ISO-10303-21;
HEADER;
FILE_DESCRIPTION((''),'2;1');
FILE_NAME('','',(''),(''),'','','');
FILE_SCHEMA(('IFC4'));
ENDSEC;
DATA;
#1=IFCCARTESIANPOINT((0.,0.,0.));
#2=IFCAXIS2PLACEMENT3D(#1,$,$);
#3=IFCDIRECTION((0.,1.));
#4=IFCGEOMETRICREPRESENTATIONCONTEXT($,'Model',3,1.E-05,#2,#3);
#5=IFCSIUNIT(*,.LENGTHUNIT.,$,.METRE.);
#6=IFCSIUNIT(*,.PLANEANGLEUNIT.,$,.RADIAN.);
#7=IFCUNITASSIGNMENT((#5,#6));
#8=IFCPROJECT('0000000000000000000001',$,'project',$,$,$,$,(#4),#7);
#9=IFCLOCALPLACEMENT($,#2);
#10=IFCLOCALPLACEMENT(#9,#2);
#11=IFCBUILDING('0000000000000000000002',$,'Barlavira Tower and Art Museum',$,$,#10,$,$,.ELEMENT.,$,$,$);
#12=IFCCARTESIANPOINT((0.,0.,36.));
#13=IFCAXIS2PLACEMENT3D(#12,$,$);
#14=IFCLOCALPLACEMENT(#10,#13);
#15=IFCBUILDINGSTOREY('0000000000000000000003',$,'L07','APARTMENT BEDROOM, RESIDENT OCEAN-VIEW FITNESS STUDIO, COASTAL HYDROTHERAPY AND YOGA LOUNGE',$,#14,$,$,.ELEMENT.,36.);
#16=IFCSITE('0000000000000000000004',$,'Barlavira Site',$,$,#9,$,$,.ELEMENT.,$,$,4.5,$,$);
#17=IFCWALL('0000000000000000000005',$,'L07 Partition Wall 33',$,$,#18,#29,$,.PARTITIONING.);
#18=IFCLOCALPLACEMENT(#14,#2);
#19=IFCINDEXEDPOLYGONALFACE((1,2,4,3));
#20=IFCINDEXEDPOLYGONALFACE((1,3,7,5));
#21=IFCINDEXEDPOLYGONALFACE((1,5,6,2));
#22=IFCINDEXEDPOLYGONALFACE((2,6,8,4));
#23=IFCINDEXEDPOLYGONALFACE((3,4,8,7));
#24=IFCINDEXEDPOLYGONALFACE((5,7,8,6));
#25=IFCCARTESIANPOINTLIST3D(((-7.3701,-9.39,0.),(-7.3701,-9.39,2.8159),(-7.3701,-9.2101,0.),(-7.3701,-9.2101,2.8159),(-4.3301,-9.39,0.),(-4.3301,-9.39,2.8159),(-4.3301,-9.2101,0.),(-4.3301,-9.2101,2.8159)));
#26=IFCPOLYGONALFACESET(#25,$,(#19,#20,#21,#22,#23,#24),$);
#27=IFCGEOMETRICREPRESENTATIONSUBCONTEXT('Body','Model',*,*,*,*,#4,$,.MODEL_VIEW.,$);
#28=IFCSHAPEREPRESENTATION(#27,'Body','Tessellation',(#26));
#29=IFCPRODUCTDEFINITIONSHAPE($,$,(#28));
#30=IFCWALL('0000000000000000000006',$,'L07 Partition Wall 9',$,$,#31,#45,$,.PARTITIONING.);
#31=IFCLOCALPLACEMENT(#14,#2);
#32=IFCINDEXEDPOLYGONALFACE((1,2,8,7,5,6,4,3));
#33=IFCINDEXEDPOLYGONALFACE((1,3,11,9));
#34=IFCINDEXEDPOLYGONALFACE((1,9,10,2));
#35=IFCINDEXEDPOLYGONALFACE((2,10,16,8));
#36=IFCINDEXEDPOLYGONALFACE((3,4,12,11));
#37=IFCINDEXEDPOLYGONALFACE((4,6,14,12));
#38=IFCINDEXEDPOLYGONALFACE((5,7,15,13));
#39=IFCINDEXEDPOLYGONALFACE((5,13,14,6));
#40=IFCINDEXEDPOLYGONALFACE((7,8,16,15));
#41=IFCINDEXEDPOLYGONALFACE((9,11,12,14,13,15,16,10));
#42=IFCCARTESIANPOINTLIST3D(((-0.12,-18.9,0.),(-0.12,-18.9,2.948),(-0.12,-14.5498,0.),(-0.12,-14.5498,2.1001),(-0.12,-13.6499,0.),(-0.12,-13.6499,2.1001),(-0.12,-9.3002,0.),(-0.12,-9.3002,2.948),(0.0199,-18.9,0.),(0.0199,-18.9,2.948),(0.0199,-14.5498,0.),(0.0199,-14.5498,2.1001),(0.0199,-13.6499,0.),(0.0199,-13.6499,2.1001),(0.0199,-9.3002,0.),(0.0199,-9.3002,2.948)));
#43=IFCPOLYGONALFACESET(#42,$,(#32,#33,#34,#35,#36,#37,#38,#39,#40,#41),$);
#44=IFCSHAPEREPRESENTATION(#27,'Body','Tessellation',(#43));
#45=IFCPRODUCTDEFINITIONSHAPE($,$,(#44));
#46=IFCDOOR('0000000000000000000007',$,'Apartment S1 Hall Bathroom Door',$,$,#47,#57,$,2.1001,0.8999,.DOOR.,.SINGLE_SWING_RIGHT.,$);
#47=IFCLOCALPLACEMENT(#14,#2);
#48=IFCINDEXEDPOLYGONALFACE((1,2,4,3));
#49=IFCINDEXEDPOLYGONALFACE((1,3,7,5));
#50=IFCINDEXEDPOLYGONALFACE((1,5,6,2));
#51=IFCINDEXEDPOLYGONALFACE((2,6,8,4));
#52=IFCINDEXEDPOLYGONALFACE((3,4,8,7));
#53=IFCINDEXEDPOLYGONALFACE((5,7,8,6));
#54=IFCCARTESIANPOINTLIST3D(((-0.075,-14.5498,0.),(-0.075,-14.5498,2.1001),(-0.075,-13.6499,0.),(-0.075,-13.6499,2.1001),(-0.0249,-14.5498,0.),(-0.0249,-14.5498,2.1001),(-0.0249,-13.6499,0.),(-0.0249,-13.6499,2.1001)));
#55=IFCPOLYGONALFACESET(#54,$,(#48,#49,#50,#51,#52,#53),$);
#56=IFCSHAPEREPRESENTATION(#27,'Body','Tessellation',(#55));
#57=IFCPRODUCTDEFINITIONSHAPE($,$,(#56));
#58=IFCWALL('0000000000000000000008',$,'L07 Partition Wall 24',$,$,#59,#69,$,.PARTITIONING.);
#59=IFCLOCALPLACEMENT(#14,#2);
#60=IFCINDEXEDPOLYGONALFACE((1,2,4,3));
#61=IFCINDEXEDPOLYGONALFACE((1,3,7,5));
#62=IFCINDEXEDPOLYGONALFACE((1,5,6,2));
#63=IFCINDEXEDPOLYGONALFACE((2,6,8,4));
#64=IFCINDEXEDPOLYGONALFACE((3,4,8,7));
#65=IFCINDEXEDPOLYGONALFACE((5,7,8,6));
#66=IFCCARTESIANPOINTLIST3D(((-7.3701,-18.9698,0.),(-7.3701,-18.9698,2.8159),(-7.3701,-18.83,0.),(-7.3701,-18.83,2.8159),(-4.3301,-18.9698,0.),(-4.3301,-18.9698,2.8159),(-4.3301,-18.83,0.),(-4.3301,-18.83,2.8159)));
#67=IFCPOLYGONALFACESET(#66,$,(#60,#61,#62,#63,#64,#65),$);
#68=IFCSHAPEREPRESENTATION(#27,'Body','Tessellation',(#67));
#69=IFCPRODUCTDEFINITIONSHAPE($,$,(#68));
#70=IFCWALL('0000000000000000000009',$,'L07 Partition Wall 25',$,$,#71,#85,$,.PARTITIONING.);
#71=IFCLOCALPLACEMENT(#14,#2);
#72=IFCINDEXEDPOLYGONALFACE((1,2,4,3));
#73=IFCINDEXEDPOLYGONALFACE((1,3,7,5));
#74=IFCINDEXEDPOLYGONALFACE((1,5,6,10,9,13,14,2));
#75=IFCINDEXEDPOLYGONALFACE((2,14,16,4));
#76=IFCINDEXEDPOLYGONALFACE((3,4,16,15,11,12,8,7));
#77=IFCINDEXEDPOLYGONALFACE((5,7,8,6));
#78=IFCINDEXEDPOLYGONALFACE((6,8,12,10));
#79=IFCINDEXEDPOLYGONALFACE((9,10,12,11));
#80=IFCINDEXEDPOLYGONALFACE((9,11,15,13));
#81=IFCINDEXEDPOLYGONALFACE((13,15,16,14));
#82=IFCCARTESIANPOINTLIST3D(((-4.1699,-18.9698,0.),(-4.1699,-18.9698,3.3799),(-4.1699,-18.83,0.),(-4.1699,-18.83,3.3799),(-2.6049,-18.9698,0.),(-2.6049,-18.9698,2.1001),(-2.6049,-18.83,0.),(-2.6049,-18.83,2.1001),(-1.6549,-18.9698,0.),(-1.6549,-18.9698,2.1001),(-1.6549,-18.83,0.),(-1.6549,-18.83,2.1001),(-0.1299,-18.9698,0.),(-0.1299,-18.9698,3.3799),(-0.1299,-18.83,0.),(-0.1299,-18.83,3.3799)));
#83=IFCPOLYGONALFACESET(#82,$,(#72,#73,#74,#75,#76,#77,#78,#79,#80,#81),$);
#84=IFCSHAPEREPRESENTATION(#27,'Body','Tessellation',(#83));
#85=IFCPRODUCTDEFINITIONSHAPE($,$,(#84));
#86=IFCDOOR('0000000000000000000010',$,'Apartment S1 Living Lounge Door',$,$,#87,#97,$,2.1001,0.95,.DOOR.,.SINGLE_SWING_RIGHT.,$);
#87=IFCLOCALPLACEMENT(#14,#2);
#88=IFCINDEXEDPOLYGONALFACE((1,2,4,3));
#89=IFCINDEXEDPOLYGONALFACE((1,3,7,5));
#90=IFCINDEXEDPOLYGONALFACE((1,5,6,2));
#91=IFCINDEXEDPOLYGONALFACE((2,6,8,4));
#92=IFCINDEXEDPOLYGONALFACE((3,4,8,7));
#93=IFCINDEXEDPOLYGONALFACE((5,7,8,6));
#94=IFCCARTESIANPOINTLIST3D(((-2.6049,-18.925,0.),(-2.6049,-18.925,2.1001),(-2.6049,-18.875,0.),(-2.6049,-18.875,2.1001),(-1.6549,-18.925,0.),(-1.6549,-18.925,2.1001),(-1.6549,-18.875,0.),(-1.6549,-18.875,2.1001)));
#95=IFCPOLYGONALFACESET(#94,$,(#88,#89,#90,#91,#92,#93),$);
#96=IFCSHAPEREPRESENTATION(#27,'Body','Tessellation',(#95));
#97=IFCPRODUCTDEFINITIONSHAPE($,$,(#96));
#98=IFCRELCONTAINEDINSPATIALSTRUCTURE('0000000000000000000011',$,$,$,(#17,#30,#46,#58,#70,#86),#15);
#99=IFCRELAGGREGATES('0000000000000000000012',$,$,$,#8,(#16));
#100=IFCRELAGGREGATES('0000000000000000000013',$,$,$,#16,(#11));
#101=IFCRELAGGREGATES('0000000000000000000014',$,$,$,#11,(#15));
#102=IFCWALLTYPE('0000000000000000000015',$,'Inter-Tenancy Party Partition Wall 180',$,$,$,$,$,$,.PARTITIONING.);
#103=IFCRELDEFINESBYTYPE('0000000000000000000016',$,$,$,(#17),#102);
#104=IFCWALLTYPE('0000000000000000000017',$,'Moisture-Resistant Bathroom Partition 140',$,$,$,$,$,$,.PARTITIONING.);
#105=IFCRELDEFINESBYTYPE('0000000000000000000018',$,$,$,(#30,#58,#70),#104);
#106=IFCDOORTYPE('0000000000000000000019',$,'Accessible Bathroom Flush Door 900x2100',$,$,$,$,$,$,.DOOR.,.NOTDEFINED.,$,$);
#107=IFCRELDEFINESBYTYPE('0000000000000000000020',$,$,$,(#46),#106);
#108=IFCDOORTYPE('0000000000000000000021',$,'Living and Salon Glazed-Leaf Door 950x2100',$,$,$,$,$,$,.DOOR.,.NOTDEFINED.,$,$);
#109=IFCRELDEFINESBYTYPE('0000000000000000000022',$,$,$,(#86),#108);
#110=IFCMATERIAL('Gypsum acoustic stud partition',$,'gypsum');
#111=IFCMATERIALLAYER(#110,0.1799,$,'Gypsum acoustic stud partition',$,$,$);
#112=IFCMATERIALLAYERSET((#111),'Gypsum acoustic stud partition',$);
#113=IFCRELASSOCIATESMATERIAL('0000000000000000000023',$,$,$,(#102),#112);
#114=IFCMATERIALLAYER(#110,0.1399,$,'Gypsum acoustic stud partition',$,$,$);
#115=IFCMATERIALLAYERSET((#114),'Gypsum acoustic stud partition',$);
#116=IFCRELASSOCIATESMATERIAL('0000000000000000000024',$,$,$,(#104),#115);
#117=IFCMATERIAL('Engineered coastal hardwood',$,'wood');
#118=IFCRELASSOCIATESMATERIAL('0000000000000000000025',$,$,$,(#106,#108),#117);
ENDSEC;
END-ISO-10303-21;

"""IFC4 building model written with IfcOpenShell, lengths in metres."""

from ifc_helpers import new_model, si_unit, direction, frame, frame_2d, origin, place, context, subcontext, project, spatial, rectangle, extrude, material, layer, layer_set, type_object, element, fill, save


model = new_model("IFC4")

# Units and contexts
model_context = context("Model", 3, precision=1e-05, world=origin(), true_north=direction((0.0, 1.0)))
body_context = subcontext(model_context, "Body", "Model", "MODEL_VIEW")
ifc_project = project(units=[si_unit("LENGTHUNIT", "METRE"), si_unit("PLANEANGLEUNIT", "RADIAN")], contexts=[model_context])

# Site, building, storey
site_placement = place(None, origin())
site = spatial("IfcSite", under=ifc_project, at=site_placement, Name="Barlavira Site", CompositionType="ELEMENT", RefElevation=4.5)
building_placement = place(site_placement, origin())
building = spatial("IfcBuilding", under=site, at=building_placement, Name="Barlavira Tower and Art Museum", CompositionType="ELEMENT")
storey_placement = place(building_placement, frame((0.0, 0.0, 36.0)))
storey = spatial("IfcBuildingStorey", under=building, at=storey_placement, Name="L07", Description="APARTMENT BEDROOM, RESIDENT OCEAN-VIEW FITNESS STUDIO, COASTAL HYDROTHERAPY AND YOGA LOUNGE", CompositionType="ELEMENT", Elevation=36.0)

# Shared definitions
ifc_material_1 = material(Name="Gypsum acoustic stud partition", Category="gypsum")
ifc_material_2 = material(Name="Engineered coastal hardwood", Category="wood")

# Shared definitions
ifc_layer_1 = layer(ifc_material_1, 0.1799, Name="Gypsum acoustic stud partition")
ifc_layer_set_1 = layer_set([ifc_layer_1], Name="Gypsum acoustic stud partition")
wall_type_1 = type_object("IfcWallType", Name="Inter-Tenancy Party Partition Wall 180", PredefinedType="PARTITIONING", material=ifc_layer_set_1)

# Wall
wall_1_placement = place(storey_placement, frame((-7.3701, -9.3, 0.0), z_axis=(0.0, 0.0, 1.0), x_axis=(1.0, 0.0, 0.0)))
element("IfcWall", 1, at=wall_1_placement, inside=storey, type_object=wall_type_1, Name="L07 Partition Wall 33", PredefinedType="PARTITIONING", context=body_context, shape_type="SweptSolid", body=[
    extrude(rectangle(XDim=3.04, YDim=0.1799, at=frame_2d((1.52, 0.0))), origin(), (0.0, 0.0, 1.0), 2.8159),
])

# Wall, opening, door
ifc_layer_2 = layer(ifc_material_1, 0.1399, Name="Gypsum acoustic stud partition")
ifc_layer_set_2 = layer_set([ifc_layer_2], Name="Gypsum acoustic stud partition")
wall_type_2 = type_object("IfcWallType", Name="Moisture-Resistant Bathroom Partition 140", PredefinedType="PARTITIONING", material=ifc_layer_set_2)
wall_2_placement = place(storey_placement, frame((-0.05, -18.8999, 0.0), z_axis=(0.0, 0.0, 1.0), x_axis=(0.0, 1.0, 0.0)))
wall_2 = element("IfcWall", 2, at=wall_2_placement, inside=storey, type_object=wall_type_2, Name="L07 Partition Wall 9", PredefinedType="PARTITIONING", context=body_context, shape_type="SweptSolid", body=[
    extrude(rectangle(XDim=9.5999, YDim=0.1399, at=frame_2d((4.7998, 0.0))), origin(), (0.0, 0.0, 1.0), 2.948),
])
opening_1_placement = place(wall_2_placement, frame((4.3501, 0.0, 0.0)))
opening_1 = element("IfcOpeningElement", 3, at=opening_1_placement, cuts=wall_2, PredefinedType="OPENING", context=body_context, shape_type="SweptSolid", body=[
    extrude(rectangle(XDim=0.8999, YDim=2.1001, at=frame_2d((0.45, 1.05))), frame((0.0, 0.0801, 0.0), z_axis=(0.0, -1.0, 0.0), x_axis=(1.0, 0.0, 0.0)), (0.0, 0.0, 1.0), 0.1599),
])
door_type_1 = type_object("IfcDoorType", Name="Accessible Bathroom Flush Door 900x2100", OperationType="NOTDEFINED", PredefinedType="DOOR", material=ifc_material_2)
door_1_placement = place(opening_1_placement, origin())
door_1 = element("IfcDoor", 4, at=door_1_placement, inside=storey, type_object=door_type_1, Name="Apartment S1 Hall Bathroom Door", OperationType="SINGLE_SWING_RIGHT", OverallHeight=2.1001, OverallWidth=0.8999, PredefinedType="DOOR", context=body_context, shape_type="SweptSolid", body=[
    extrude(rectangle(XDim=0.8999, YDim=2.1001, at=frame_2d((0.45, 1.05))), frame((0.0, 0.0249, 0.0), z_axis=(0.0, -1.0, 0.0), x_axis=(1.0, 0.0, 0.0)), (0.0, 0.0, 1.0), 0.05),
])
fill(opening_1, door_1)

# Wall
wall_3_placement = place(storey_placement, frame((-7.3701, -18.8999, 0.0), z_axis=(0.0, 0.0, 1.0), x_axis=(1.0, 0.0, 0.0)))
element("IfcWall", 5, at=wall_3_placement, inside=storey, type_object=wall_type_2, Name="L07 Partition Wall 24", PredefinedType="PARTITIONING", context=body_context, shape_type="SweptSolid", body=[
    extrude(rectangle(XDim=3.04, YDim=0.1399, at=frame_2d((1.52, 0.0))), origin(), (0.0, 0.0, 1.0), 2.8159),
])

# Wall, opening, door
wall_4_placement = place(storey_placement, frame((-4.1699, -18.8999, 0.0), z_axis=(0.0, 0.0, 1.0), x_axis=(1.0, 0.0, 0.0)))
wall_4 = element("IfcWall", 6, at=wall_4_placement, inside=storey, type_object=wall_type_2, Name="L07 Partition Wall 25", PredefinedType="PARTITIONING", context=body_context, shape_type="SweptSolid", body=[
    extrude(rectangle(XDim=4.04, YDim=0.1399, at=frame_2d((2.02, 0.0))), origin(), (0.0, 0.0, 1.0), 3.3799),
])
opening_2_placement = place(wall_4_placement, frame((1.5649, 0.0, 0.0)))
opening_2 = element("IfcOpeningElement", 7, at=opening_2_placement, cuts=wall_4, PredefinedType="OPENING", context=body_context, shape_type="SweptSolid", body=[
    extrude(rectangle(XDim=0.95, YDim=2.1001, at=frame_2d((0.4751, 1.05))), frame((0.0, 0.0801, 0.0), z_axis=(0.0, -1.0, 0.0), x_axis=(1.0, 0.0, 0.0)), (0.0, 0.0, 1.0), 0.1599),
])
door_type_2 = type_object("IfcDoorType", Name="Living and Salon Glazed-Leaf Door 950x2100", OperationType="NOTDEFINED", PredefinedType="DOOR", material=ifc_material_2)
door_2_placement = place(opening_2_placement, origin())
door_2 = element("IfcDoor", 8, at=door_2_placement, inside=storey, type_object=door_type_2, Name="Apartment S1 Living Lounge Door", OperationType="SINGLE_SWING_RIGHT", OverallHeight=2.1001, OverallWidth=0.95, PredefinedType="DOOR", context=body_context, shape_type="SweptSolid", body=[
    extrude(rectangle(XDim=0.95, YDim=2.1001, at=frame_2d((0.4751, 1.05))), frame((0.0, 0.0249, 0.0), z_axis=(0.0, -1.0, 0.0), x_axis=(1.0, 0.0, 0.0)), (0.0, 0.0, 1.0), 0.05),
])
fill(opening_2, door_2)

save(model, "model.ifc")
